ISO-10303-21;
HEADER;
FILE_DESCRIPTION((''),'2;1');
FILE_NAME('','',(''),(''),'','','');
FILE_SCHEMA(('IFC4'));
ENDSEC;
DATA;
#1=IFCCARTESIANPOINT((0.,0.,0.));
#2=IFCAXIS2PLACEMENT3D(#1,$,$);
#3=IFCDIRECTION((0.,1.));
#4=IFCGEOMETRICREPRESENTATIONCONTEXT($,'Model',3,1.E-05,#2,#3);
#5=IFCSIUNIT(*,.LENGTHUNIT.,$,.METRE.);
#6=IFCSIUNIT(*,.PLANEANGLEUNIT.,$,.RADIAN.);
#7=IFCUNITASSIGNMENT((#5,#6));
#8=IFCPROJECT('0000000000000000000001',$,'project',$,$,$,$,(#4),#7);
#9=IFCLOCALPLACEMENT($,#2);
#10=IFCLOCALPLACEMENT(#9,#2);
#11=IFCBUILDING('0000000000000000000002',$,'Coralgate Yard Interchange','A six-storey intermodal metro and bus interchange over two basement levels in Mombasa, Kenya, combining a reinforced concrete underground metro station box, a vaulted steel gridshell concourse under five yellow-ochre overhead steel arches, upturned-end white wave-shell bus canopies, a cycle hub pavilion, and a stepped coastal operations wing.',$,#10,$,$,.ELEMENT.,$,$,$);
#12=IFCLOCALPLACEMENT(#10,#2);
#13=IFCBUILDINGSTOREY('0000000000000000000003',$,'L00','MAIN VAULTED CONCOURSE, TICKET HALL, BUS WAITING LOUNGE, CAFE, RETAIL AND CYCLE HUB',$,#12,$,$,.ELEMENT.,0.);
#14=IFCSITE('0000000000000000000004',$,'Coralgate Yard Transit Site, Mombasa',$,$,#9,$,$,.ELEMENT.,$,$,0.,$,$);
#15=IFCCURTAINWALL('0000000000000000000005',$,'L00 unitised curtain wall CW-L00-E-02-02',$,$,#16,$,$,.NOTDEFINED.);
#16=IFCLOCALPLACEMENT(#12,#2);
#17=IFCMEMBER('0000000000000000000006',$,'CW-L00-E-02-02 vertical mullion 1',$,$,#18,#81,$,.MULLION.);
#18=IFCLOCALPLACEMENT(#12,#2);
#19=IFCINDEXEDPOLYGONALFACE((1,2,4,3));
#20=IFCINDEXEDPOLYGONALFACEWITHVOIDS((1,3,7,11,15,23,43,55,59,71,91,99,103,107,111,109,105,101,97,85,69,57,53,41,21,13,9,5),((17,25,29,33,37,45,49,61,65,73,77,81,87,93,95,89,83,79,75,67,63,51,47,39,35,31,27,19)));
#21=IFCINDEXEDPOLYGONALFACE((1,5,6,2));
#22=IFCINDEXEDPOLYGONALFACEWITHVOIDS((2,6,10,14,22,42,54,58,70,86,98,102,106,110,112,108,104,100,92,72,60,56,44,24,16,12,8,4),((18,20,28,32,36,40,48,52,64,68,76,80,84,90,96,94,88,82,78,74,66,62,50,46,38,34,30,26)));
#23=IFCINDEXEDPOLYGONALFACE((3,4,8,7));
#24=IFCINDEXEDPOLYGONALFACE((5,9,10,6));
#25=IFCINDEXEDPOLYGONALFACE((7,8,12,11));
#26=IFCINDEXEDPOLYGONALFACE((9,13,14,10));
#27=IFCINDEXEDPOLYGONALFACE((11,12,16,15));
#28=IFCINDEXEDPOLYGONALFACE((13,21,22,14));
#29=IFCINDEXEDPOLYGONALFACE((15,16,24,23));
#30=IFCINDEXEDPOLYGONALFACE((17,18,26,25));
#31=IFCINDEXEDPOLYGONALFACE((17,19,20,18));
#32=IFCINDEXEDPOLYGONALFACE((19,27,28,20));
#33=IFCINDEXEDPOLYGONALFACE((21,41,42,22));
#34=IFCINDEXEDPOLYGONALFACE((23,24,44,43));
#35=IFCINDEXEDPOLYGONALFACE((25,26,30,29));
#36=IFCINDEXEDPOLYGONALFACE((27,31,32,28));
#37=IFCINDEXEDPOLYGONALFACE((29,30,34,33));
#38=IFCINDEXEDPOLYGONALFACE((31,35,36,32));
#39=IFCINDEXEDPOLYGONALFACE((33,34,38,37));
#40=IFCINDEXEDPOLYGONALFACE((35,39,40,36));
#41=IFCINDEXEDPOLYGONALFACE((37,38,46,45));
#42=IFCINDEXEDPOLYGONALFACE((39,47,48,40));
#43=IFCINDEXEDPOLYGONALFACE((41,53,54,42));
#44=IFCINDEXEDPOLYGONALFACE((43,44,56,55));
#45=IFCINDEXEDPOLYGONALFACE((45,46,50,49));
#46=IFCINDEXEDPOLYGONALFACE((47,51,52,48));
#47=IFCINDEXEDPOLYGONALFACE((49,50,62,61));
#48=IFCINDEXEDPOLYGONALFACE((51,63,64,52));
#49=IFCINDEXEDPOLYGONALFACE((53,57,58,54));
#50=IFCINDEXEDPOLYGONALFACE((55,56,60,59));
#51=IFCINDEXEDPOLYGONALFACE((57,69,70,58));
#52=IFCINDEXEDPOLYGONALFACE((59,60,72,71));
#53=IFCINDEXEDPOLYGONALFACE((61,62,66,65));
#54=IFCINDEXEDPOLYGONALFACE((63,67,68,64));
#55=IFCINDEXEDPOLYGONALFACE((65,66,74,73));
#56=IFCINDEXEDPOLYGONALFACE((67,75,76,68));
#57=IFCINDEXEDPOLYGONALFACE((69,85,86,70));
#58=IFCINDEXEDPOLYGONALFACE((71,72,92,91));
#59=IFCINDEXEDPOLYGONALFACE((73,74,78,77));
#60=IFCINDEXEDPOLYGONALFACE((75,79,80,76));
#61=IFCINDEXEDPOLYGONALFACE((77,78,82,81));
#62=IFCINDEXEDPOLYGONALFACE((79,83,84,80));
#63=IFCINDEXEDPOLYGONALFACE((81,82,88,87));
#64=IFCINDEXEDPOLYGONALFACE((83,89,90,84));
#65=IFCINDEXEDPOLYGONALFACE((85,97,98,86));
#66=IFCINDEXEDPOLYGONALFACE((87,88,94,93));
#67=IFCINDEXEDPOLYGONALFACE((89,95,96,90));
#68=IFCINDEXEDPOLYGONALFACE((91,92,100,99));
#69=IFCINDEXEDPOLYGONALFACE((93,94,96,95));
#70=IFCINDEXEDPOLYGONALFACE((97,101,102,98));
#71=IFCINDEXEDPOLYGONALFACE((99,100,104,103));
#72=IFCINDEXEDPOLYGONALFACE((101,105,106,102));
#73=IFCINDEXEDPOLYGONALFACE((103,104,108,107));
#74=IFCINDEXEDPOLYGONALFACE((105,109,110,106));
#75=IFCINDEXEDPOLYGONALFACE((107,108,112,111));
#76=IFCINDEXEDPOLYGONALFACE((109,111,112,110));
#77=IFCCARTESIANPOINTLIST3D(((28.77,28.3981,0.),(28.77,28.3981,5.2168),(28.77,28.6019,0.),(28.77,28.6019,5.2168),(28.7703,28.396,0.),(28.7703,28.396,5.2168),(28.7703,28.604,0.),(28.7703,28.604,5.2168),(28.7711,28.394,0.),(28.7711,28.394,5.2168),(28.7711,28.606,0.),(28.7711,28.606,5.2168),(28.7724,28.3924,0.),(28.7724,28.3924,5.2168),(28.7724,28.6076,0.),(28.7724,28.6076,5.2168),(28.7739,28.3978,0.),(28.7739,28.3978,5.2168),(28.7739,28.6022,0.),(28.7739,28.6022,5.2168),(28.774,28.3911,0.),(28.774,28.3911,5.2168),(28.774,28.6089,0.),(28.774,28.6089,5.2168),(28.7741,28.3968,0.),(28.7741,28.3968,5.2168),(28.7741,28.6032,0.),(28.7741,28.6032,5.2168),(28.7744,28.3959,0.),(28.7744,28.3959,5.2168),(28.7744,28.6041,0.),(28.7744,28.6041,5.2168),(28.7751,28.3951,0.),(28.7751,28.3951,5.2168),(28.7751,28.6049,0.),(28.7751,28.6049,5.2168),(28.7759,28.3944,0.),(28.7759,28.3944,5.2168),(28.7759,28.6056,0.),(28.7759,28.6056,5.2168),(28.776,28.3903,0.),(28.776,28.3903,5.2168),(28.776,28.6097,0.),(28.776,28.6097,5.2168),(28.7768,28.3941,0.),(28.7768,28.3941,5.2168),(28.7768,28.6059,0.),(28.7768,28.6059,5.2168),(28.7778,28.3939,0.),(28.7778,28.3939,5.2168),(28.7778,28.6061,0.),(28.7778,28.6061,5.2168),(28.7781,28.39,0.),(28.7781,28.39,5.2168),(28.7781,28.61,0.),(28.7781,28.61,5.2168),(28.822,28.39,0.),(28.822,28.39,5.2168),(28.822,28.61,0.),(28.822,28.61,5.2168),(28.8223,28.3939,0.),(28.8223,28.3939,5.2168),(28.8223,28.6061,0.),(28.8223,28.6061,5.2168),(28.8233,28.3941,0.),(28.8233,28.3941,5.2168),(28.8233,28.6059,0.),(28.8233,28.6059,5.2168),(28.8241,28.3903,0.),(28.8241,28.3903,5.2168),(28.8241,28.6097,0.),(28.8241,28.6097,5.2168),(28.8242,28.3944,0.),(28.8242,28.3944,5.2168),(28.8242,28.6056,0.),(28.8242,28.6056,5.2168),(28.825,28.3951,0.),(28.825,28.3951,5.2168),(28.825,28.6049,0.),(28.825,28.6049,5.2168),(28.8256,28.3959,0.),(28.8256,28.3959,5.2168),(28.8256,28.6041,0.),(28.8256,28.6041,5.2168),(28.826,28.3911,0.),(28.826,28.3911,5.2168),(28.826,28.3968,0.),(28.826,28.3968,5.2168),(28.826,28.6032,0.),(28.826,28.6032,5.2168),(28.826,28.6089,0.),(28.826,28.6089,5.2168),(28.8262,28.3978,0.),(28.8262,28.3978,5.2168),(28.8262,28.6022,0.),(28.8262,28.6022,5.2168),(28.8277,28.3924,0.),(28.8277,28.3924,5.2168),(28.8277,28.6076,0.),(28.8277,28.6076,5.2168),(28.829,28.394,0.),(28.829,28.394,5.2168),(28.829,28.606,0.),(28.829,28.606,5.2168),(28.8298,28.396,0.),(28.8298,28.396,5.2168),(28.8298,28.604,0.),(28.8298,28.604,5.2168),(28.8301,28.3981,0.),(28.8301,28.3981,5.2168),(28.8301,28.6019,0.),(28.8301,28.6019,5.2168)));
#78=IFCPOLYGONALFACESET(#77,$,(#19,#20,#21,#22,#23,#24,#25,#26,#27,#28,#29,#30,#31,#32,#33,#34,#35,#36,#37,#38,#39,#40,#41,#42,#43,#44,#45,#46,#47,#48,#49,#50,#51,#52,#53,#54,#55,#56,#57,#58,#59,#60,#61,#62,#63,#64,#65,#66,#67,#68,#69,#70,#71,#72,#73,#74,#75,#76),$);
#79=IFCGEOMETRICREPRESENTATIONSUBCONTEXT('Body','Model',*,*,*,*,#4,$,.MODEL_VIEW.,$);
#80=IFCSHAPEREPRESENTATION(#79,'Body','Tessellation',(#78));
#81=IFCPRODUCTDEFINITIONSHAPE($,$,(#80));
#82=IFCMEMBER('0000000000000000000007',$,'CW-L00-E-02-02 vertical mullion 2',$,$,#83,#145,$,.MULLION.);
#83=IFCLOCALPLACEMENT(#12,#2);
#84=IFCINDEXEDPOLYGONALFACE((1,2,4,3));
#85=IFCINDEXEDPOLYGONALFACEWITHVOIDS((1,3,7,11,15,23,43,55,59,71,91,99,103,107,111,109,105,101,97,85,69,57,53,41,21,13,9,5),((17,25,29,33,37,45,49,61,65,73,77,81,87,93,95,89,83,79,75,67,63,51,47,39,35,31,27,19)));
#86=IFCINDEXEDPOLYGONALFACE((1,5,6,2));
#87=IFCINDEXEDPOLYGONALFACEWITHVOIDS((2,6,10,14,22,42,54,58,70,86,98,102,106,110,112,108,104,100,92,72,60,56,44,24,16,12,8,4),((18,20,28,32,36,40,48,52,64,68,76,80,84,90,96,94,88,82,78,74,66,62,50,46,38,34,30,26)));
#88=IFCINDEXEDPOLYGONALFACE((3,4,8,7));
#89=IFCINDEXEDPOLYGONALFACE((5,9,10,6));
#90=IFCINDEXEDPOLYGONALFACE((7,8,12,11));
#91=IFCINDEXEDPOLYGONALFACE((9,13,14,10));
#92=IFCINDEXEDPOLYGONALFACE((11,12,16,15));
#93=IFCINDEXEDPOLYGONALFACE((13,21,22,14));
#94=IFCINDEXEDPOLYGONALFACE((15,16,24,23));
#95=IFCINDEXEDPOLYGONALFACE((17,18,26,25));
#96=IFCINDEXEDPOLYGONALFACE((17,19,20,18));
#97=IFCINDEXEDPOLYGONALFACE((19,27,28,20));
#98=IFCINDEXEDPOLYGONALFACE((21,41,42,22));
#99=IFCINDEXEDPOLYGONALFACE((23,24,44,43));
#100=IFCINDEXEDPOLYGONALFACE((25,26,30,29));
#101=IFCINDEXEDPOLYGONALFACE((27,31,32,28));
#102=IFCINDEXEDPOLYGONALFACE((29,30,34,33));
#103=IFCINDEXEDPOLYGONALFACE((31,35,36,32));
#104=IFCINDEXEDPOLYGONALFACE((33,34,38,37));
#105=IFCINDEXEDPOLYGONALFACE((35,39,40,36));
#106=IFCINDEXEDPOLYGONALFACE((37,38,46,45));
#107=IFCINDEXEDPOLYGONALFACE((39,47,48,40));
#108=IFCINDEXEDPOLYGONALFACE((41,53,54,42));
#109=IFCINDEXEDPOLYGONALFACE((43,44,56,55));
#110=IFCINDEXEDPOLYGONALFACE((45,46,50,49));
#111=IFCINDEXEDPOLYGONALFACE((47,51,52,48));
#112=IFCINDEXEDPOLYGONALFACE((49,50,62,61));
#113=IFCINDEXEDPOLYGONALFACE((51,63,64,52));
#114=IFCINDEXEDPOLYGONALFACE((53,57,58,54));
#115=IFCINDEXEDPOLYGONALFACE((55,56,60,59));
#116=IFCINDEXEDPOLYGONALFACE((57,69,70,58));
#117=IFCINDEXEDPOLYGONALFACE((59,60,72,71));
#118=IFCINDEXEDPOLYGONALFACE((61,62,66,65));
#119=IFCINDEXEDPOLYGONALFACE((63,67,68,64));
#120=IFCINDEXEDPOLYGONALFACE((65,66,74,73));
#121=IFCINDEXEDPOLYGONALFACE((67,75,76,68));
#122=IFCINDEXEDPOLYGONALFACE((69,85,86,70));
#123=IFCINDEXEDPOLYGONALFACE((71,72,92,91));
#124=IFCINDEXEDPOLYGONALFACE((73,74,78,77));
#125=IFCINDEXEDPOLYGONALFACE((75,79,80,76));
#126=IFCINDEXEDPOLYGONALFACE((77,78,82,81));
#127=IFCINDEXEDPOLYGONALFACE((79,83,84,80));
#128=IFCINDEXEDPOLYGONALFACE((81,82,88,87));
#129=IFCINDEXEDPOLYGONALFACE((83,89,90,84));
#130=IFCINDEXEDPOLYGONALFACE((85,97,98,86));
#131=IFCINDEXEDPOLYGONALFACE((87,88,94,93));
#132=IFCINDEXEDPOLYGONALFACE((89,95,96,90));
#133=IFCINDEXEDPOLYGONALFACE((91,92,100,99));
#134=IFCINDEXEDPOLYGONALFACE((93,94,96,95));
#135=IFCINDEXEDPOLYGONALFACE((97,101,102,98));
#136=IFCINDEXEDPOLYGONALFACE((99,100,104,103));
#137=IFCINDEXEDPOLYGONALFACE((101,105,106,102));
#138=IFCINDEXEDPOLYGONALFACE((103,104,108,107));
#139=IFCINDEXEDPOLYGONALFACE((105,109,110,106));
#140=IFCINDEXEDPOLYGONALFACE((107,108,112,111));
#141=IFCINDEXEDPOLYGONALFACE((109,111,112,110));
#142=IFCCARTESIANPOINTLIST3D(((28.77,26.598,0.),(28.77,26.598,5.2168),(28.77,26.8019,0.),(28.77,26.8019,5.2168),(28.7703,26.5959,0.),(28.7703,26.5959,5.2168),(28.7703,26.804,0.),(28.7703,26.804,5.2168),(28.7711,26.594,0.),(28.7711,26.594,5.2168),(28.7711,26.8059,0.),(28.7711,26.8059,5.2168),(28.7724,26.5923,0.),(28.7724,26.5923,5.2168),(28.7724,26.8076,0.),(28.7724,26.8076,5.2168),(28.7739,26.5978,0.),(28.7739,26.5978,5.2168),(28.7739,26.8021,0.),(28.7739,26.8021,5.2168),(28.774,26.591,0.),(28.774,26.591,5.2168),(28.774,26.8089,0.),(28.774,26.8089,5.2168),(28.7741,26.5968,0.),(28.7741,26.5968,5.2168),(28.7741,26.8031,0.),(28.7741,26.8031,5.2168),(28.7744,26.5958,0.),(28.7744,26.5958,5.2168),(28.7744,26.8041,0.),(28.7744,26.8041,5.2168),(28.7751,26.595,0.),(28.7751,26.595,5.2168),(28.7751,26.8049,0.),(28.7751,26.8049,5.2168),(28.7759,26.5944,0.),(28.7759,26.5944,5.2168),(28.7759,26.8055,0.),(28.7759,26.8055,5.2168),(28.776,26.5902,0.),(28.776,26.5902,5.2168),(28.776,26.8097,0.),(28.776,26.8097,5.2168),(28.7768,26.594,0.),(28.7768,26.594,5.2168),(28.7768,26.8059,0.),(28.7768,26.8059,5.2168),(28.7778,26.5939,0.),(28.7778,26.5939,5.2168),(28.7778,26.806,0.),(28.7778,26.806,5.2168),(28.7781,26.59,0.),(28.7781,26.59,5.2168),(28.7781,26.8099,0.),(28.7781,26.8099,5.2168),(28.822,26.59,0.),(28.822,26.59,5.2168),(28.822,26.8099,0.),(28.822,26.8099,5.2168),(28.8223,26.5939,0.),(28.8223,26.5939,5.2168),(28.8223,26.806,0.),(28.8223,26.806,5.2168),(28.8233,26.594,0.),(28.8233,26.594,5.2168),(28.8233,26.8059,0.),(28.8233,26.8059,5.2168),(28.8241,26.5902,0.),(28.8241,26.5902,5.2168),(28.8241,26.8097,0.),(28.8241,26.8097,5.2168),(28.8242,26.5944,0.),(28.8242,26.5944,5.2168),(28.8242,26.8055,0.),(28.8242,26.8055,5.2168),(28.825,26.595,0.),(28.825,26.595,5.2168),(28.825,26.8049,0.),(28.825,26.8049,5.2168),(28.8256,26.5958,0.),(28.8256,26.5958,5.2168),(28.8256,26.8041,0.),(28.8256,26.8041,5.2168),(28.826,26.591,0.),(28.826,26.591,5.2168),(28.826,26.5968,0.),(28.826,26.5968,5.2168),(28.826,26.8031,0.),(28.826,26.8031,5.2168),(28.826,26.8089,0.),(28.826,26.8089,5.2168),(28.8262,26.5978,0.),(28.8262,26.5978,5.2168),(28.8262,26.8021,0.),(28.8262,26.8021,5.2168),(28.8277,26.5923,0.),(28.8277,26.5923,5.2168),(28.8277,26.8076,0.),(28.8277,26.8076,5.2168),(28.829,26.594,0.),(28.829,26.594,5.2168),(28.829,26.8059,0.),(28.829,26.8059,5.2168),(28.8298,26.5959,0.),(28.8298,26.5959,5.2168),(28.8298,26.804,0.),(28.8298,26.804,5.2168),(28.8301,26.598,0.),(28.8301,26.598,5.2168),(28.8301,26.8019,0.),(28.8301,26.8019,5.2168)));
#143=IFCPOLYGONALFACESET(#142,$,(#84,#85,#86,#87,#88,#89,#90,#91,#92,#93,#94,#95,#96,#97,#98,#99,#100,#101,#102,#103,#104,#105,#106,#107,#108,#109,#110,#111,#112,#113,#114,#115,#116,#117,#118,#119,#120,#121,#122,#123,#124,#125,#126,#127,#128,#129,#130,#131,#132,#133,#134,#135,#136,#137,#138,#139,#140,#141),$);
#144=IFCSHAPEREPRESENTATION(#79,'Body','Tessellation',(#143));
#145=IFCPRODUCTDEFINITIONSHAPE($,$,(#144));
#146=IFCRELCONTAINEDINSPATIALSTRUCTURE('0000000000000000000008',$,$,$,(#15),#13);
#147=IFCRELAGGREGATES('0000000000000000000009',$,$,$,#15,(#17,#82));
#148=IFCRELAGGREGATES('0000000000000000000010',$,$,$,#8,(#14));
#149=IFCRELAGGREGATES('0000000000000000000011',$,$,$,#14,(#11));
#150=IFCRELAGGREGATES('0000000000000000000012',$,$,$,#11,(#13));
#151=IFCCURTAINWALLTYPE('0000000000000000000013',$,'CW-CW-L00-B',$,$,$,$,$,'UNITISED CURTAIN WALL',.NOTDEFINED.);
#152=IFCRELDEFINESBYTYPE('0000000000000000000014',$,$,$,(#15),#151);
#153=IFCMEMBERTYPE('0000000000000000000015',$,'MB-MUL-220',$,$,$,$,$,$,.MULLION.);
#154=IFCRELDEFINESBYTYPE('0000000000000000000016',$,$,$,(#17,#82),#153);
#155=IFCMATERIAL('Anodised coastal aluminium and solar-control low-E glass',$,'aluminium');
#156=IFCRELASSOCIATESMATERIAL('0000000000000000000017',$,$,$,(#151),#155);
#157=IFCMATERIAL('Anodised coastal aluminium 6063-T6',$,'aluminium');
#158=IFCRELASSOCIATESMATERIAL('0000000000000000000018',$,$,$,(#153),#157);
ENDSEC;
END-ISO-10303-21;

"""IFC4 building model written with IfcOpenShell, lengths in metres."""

from ifc_helpers import new_model, si_unit, direction, frame, origin, origin_2d, place, context, subcontext, project, spatial, hollow_rectangle, extrude, material, material_profile, profile_set, type_object, element, aggregate, save


model = new_model("IFC4")

# Units and contexts
model_context = context("Model", 3, precision=1e-05, world=origin(), true_north=direction((0.0, 1.0)))
body_context = subcontext(model_context, "Body", "Model", "MODEL_VIEW")
ifc_project = project(units=[si_unit("LENGTHUNIT", "METRE"), si_unit("PLANEANGLEUNIT", "RADIAN")], contexts=[model_context])

# Site, building, storey
site_placement = place(None, origin())
site = spatial("IfcSite", under=ifc_project, at=site_placement, Name="Coralgate Yard Transit Site, Mombasa", CompositionType="ELEMENT", RefElevation=0.0)
building_placement = place(site_placement, origin())
building = spatial("IfcBuilding", under=site, at=building_placement, Name="Coralgate Yard Interchange", Description="A six-storey intermodal metro and bus interchange over two basement levels in Mombasa, Kenya, combining a reinforced concrete underground metro station box, a vaulted steel gridshell concourse under five yellow-ochre overhead steel arches, upturned-end white wave-shell bus canopies, a cycle hub pavilion, and a stepped coastal operations wing.", CompositionType="ELEMENT")
storey_placement = place(building_placement, origin())
storey = spatial("IfcBuildingStorey", under=building, at=storey_placement, Name="L00", Description="MAIN VAULTED CONCOURSE, TICKET HALL, BUS WAITING LOUNGE, CAFE, RETAIL AND CYCLE HUB", CompositionType="ELEMENT", Elevation=0.0)

# Curtain wall, members
ifc_material_1 = material(Name="Anodised coastal aluminium and solar-control low-E glass", Category="aluminium")
curtain_wall_type_1 = type_object("IfcCurtainWallType", Name="CW-CW-L00-B", ElementType="UNITISED CURTAIN WALL", PredefinedType="NOTDEFINED", material=ifc_material_1)
curtain_wall_1_placement = place(storey_placement, origin())
curtain_wall_1 = element("IfcCurtainWall", 1, at=curtain_wall_1_placement, inside=storey, type_object=curtain_wall_type_1, Name="L00 unitised curtain wall CW-L00-E-02-02", PredefinedType="NOTDEFINED")
ifc_material_2 = material(Name="Anodised coastal aluminium 6063-T6", Category="aluminium")
ifc_material_profile_1 = material_profile(ifc_material_2, hollow_rectangle(XDim=0.0601, YDim=0.22, WallThickness=0.0039, InnerFilletRadius=0.0039, OuterFilletRadius=0.0081, at=origin_2d()), Name="ALU 60x220x4")
ifc_profile_set_1 = profile_set([ifc_material_profile_1], Name="Anodised coastal aluminium 6063-T6")
member_type_1 = type_object("IfcMemberType", Name="MB-MUL-220", PredefinedType="MULLION", material=ifc_profile_set_1)
member_1_placement = place(storey_placement, frame((28.8, 28.5, 0.0), z_axis=(0.0, 0.0, 1.0), x_axis=(1.0, 0.0, 0.0)))
member_1 = element("IfcMember", 2, at=member_1_placement, type_object=member_type_1, Name="CW-L00-E-02-02 vertical mullion 1", PredefinedType="MULLION", context=body_context, shape_type="SweptSolid", body=[
    extrude(hollow_rectangle(XDim=0.0601, YDim=0.22, WallThickness=0.0039, InnerFilletRadius=0.0039, OuterFilletRadius=0.0081, at=origin_2d()), origin(), (0.0, 0.0, 1.0), 5.2168),
])
member_2_placement = place(storey_placement, frame((28.8, 26.7, 0.0), z_axis=(0.0, 0.0, 1.0), x_axis=(1.0, 0.0, 0.0)))
member_2 = element("IfcMember", 3, at=member_2_placement, type_object=member_type_1, Name="CW-L00-E-02-02 vertical mullion 2", PredefinedType="MULLION", context=body_context, shape_type="SweptSolid", body=[
    extrude(hollow_rectangle(XDim=0.0601, YDim=0.22, WallThickness=0.0039, InnerFilletRadius=0.0039, OuterFilletRadius=0.0081, at=origin_2d()), origin(), (0.0, 0.0, 1.0), 5.2168),
])

aggregate(curtain_wall_1, [member_1, member_2])

save(model, "model.ifc")
